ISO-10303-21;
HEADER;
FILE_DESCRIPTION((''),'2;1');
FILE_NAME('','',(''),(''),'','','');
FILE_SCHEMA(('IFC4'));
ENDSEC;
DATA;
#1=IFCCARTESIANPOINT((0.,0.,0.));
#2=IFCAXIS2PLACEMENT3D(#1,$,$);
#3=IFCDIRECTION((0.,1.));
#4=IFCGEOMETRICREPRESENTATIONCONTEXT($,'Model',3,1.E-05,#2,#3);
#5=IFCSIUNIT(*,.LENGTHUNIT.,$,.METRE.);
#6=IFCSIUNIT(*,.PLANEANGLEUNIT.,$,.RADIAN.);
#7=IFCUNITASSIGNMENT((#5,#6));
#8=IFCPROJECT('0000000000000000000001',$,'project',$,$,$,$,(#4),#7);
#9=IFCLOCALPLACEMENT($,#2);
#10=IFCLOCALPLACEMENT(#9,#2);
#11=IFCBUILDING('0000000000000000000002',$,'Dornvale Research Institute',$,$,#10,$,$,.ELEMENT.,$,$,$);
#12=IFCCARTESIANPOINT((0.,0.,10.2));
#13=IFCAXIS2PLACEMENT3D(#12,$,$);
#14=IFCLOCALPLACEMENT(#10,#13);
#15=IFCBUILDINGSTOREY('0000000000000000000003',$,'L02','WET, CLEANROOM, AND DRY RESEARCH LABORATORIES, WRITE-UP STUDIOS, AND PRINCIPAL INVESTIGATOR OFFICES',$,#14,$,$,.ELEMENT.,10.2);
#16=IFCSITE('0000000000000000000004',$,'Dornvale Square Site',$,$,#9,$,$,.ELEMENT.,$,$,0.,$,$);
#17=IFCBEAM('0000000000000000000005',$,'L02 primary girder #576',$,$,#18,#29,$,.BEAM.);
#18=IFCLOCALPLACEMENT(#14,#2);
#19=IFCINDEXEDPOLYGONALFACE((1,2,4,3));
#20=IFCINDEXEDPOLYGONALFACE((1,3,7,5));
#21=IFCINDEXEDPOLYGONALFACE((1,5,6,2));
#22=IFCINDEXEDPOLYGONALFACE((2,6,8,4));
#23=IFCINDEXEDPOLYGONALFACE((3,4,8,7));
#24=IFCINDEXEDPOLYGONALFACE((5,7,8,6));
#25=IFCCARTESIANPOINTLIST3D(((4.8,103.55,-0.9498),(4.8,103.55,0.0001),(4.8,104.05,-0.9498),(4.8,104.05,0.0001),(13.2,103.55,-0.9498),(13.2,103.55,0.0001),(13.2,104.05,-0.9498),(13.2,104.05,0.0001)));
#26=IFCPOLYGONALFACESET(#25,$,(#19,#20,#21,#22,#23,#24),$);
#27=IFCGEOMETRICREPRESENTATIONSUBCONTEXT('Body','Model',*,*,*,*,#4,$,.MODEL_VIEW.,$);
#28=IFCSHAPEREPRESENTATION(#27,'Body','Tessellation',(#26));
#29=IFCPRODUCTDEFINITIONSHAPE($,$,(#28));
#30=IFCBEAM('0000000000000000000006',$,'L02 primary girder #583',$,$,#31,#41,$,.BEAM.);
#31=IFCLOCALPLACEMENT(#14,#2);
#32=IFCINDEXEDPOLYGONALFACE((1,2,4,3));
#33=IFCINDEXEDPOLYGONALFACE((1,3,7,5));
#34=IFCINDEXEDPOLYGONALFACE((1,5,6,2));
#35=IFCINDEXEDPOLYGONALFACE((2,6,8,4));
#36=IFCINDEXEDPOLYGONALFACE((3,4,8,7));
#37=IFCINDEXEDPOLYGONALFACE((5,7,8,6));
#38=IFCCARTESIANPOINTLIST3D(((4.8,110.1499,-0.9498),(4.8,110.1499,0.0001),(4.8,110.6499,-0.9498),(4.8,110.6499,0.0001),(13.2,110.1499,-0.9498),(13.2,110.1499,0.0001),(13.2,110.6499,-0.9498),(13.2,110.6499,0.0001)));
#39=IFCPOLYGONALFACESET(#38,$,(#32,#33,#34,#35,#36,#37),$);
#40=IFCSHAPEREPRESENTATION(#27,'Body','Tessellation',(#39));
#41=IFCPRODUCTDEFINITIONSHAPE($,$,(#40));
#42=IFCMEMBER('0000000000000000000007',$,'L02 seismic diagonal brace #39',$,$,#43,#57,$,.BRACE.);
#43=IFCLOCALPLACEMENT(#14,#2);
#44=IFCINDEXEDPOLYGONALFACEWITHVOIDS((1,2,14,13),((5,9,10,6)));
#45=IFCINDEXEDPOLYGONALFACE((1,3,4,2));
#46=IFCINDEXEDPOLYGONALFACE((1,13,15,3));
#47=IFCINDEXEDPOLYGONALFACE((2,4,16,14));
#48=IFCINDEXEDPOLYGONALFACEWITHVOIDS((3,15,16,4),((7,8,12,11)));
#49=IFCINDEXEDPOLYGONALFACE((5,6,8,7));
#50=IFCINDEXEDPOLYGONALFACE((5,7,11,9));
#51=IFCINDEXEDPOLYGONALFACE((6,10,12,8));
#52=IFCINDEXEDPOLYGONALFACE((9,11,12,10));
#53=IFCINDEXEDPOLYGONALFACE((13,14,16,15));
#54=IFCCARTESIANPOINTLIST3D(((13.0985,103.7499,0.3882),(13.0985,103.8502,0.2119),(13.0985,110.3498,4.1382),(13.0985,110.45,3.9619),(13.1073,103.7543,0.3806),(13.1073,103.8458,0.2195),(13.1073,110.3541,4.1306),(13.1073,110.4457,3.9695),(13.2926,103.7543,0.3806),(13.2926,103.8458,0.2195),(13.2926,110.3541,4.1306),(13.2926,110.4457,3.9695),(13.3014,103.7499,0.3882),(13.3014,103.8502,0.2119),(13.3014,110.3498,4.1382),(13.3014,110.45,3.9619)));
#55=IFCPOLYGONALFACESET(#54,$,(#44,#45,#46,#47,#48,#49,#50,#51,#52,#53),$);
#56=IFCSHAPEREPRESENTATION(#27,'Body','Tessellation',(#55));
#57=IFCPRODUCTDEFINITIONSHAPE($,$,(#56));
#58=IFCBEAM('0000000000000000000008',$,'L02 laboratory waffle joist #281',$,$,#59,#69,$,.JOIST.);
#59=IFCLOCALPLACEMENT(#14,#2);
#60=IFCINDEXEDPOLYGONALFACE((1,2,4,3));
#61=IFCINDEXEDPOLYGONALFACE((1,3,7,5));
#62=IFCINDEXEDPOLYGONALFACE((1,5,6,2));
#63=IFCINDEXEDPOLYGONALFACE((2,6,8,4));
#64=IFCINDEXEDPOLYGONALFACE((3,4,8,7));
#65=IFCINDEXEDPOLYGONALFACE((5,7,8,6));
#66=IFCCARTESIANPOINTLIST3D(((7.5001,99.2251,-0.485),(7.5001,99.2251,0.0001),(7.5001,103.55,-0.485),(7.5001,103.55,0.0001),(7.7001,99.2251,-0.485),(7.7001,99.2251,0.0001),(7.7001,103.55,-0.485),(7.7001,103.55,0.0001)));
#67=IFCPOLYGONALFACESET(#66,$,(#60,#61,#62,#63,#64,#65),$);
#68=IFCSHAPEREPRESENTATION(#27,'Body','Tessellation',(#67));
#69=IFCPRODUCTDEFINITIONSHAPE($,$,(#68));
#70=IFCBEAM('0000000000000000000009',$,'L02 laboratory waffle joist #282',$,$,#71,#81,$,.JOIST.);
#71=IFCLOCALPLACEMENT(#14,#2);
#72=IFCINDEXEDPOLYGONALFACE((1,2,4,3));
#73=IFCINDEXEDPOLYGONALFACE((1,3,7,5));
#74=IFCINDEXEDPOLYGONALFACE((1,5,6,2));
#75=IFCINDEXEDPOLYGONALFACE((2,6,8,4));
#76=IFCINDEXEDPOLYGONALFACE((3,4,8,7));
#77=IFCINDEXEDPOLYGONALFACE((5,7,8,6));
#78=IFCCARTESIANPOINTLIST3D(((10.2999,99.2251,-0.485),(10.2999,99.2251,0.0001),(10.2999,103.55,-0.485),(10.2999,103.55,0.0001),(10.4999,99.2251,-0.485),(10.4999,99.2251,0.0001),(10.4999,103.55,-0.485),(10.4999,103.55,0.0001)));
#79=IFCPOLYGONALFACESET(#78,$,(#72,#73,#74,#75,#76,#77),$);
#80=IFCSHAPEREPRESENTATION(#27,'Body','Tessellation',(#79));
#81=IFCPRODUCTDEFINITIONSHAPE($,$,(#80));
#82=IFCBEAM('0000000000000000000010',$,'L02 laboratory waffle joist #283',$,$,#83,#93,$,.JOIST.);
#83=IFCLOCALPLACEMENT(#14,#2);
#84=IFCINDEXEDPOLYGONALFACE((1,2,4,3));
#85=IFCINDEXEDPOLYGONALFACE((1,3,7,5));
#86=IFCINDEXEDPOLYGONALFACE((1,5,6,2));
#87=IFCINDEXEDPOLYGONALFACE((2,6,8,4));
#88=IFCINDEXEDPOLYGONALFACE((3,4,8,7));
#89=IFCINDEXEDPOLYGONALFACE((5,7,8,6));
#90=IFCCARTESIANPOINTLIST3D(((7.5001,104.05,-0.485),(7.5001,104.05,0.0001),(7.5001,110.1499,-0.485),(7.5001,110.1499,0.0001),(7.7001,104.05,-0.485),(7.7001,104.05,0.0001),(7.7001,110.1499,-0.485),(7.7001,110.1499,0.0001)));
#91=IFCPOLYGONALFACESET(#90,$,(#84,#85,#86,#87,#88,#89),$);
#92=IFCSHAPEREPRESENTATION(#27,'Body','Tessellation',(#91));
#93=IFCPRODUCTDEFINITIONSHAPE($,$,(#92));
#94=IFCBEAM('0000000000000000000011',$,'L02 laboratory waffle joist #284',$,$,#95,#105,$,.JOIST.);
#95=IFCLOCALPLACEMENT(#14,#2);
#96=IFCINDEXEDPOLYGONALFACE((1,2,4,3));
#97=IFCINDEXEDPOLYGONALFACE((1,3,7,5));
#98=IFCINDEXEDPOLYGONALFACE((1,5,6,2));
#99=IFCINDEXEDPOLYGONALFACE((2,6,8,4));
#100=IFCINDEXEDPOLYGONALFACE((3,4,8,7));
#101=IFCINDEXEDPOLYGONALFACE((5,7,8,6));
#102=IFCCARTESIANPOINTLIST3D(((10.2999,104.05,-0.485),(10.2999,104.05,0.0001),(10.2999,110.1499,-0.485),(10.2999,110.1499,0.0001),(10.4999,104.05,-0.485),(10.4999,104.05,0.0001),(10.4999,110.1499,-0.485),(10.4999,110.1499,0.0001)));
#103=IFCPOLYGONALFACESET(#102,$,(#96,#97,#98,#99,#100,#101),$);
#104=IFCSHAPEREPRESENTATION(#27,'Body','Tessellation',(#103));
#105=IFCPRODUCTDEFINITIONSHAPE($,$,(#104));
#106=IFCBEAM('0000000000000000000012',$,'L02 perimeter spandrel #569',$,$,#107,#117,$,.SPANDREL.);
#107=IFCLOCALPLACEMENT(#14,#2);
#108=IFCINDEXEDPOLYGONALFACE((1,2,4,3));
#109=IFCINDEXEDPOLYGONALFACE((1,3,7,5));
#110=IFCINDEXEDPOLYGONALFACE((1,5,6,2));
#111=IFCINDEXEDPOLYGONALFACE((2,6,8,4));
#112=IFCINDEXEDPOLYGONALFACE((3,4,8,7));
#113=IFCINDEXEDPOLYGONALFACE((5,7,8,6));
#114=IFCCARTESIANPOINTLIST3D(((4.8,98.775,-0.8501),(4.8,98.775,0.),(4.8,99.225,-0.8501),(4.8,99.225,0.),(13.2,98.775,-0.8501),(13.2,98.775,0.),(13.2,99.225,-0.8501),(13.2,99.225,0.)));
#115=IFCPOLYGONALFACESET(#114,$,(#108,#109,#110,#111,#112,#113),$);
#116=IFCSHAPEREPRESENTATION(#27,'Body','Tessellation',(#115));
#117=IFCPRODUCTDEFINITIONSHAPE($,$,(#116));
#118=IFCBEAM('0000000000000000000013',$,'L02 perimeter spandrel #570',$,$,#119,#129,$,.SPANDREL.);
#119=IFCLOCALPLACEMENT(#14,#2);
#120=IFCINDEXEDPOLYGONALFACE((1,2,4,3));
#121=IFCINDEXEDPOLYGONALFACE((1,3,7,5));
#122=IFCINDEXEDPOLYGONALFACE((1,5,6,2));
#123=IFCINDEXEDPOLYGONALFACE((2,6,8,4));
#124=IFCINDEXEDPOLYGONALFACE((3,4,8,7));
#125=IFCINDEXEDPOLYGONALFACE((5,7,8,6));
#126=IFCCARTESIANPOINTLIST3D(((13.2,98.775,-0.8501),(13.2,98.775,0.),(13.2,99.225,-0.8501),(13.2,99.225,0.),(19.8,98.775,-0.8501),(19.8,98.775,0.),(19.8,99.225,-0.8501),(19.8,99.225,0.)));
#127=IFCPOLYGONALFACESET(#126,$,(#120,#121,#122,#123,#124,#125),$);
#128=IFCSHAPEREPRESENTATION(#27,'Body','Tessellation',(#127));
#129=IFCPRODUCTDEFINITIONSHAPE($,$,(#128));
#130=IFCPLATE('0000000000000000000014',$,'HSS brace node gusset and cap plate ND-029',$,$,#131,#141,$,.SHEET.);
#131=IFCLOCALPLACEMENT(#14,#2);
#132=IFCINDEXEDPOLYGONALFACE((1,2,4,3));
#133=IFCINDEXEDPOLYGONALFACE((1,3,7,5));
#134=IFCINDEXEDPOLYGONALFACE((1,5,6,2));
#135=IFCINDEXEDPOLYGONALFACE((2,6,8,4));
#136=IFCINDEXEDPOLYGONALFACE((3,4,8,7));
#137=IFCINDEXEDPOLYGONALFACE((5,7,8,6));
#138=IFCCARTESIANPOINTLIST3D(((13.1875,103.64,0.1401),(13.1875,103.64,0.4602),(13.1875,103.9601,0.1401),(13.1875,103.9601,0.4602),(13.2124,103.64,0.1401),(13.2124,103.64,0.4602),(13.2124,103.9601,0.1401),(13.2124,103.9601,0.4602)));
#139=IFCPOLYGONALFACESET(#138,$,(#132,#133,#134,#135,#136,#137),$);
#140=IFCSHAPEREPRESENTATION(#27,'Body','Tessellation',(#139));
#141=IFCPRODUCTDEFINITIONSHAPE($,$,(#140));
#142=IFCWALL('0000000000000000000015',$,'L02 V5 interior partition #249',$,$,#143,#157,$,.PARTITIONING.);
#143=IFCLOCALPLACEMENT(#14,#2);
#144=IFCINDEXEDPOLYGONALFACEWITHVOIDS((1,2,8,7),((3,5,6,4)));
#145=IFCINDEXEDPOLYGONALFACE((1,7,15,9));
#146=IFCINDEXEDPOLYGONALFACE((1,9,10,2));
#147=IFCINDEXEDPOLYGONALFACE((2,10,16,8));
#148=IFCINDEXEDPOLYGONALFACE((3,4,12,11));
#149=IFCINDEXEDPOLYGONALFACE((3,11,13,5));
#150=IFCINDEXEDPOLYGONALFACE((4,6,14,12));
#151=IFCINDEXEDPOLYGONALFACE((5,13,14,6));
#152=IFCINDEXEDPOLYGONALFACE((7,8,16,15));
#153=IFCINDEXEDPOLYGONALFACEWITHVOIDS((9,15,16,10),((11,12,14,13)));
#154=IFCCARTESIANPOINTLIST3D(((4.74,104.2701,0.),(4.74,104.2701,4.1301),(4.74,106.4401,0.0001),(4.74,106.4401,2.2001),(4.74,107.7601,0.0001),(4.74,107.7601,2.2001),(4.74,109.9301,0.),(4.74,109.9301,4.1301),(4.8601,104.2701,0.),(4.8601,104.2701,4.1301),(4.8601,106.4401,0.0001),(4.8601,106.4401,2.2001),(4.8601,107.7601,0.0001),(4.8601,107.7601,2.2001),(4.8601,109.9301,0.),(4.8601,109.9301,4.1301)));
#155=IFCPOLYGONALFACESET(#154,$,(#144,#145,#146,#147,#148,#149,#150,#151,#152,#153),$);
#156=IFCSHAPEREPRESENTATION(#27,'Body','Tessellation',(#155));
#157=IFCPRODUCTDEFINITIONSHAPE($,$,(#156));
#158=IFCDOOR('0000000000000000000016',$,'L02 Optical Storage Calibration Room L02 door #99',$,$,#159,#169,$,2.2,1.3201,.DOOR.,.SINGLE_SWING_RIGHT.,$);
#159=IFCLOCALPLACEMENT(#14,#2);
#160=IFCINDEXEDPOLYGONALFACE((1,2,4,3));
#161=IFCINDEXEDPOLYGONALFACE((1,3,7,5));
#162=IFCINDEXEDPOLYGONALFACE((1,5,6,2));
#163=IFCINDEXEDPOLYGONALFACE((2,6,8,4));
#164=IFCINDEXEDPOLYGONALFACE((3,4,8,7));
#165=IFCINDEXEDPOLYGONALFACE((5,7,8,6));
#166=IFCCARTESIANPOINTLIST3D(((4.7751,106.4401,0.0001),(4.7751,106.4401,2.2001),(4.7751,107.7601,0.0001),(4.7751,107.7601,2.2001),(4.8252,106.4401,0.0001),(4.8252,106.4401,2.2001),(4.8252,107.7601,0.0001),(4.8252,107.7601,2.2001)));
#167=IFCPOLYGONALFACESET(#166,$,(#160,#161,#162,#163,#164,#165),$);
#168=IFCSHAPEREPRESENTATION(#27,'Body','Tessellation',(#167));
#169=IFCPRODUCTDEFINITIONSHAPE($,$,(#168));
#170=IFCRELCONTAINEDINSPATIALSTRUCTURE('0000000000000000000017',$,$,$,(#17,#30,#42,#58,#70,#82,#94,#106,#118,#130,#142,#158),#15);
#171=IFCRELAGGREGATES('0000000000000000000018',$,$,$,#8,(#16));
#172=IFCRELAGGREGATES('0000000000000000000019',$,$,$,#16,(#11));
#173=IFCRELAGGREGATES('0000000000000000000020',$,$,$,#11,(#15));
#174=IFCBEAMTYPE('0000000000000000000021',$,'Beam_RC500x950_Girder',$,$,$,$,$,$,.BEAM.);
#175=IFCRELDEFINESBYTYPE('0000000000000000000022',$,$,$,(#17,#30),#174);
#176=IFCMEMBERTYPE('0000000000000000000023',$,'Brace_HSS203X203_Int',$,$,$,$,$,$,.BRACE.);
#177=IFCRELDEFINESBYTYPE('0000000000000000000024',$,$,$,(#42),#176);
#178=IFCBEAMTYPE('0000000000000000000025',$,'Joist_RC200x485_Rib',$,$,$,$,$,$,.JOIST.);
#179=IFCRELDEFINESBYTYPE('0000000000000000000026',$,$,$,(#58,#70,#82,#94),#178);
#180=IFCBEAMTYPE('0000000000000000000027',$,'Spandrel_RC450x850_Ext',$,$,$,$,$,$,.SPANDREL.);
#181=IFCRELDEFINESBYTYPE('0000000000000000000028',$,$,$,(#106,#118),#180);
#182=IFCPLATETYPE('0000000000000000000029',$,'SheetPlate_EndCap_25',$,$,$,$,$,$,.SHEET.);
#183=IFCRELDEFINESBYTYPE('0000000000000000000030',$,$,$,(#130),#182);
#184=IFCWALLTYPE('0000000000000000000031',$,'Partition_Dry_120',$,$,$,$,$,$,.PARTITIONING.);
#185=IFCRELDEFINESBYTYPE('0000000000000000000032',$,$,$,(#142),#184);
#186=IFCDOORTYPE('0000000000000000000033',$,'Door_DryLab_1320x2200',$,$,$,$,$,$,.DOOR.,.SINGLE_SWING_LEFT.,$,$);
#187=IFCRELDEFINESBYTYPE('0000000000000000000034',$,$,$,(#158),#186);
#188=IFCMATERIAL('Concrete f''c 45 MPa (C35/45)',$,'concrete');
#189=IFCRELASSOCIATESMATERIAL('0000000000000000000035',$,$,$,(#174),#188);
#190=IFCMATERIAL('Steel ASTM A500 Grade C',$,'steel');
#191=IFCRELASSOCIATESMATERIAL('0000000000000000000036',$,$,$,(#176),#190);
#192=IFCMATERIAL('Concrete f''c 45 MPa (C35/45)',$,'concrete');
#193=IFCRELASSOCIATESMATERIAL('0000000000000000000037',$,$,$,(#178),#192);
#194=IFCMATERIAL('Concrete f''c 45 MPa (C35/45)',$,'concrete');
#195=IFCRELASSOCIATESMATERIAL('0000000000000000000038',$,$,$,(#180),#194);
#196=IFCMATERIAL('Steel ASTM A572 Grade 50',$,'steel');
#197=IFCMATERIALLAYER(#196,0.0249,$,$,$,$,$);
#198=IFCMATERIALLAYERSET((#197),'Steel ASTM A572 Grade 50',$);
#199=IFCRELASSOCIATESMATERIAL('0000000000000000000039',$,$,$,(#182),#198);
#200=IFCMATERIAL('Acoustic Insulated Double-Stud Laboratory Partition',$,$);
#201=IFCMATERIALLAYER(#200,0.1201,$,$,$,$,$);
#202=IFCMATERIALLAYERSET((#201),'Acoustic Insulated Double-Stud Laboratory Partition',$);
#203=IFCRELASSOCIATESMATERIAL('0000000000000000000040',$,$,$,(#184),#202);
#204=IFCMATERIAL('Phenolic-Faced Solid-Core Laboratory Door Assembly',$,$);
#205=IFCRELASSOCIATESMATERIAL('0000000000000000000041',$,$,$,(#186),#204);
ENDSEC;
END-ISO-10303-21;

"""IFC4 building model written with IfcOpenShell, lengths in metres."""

from ifc_helpers import new_model, si_unit, direction, frame, frame_2d, origin, origin_2d, place, context, subcontext, project, spatial, rectangle, hollow_rectangle, extrude, material, layer, layer_set, material_profile, profile_set, type_object, element, fill, save


model = new_model("IFC4")

# Units and contexts
model_context = context("Model", 3, precision=1e-05, world=origin(), true_north=direction((0.0, 1.0)))
body_context = subcontext(model_context, "Body", "Model", "MODEL_VIEW")
ifc_project = project(units=[si_unit("LENGTHUNIT", "METRE"), si_unit("PLANEANGLEUNIT", "RADIAN")], contexts=[model_context])

# Site, building, storey
site_placement = place(None, origin())
site = spatial("IfcSite", under=ifc_project, at=site_placement, Name="Dornvale Square Site", CompositionType="ELEMENT", RefElevation=0.0)
building_placement = place(site_placement, origin())
building = spatial("IfcBuilding", under=site, at=building_placement, Name="Dornvale Research Institute", CompositionType="ELEMENT")
storey_placement = place(building_placement, frame((0.0, 0.0, 10.2)))
storey = spatial("IfcBuildingStorey", under=building, at=storey_placement, Name="L02", Description="WET, CLEANROOM, AND DRY RESEARCH LABORATORIES, WRITE-UP STUDIOS, AND PRINCIPAL INVESTIGATOR OFFICES", CompositionType="ELEMENT", Elevation=10.2)

# Beams
ifc_material_1 = material(Name="Concrete f'c 45 MPa (C35/45)", Category="concrete")
ifc_material_profile_1 = material_profile(ifc_material_1, rectangle(XDim=0.5, YDim=0.95, at=origin_2d()), Name="RC 500x950")
ifc_profile_set_1 = profile_set([ifc_material_profile_1], Name="Concrete f'c 45 MPa (C35/45)")
beam_type_1 = type_object("IfcBeamType", Name="Beam_RC500x950_Girder", PredefinedType="BEAM", material=ifc_profile_set_1)
for number, where, z_axis, x_axis, name in (
    (1, (4.8, 103.8, -0.4749), (1.0, 0.0, 0.0), (0.0, 1.0, 0.0), "L02 primary girder #576"),
    (2, (4.8, 110.3999, -0.4749), (1.0, 0.0, 0.0), (0.0, 1.0, 0.0), "L02 primary girder #583"),
):
    element("IfcBeam", number, at=place(storey_placement, frame(where, z_axis=z_axis, x_axis=x_axis)), inside=storey, type_object=beam_type_1, Name=name, PredefinedType="BEAM", context=body_context, shape_type="SweptSolid", body=[
        extrude(rectangle(XDim=0.5, YDim=0.95, at=origin_2d()), origin(), (0.0, 0.0, 1.0), 8.3999),
    ])

# Member
ifc_material_2 = material(Name="Steel ASTM A500 Grade C", Category="steel")
ifc_material_profile_2 = material_profile(ifc_material_2, hollow_rectangle(XDim=0.2029, YDim=0.2029, WallThickness=0.0088, at=origin_2d()), Name="HSS203X203X9.5")
ifc_profile_set_2 = profile_set([ifc_material_profile_2], Name="Steel ASTM A500 Grade C")
member_type = type_object("IfcMemberType", Name="Brace_HSS203X203_Int", PredefinedType="BRACE", material=ifc_profile_set_2)
member_placement = place(storey_placement, frame((13.2, 103.8, 0.3), z_axis=(0.0, 0.869452, 0.494018), x_axis=(-1.0, 0.0, 0.0)))
element("IfcMember", 3, at=member_placement, inside=storey, type_object=member_type, Name="L02 seismic diagonal brace #39", PredefinedType="BRACE", context=body_context, shape_type="SweptSolid", body=[
    extrude(hollow_rectangle(XDim=0.2029, YDim=0.2029, WallThickness=0.0088, at=origin_2d()), origin(), (0.0, 0.0, 1.0), 7.5908),
])

# Beams
ifc_material_3 = material(Name="Concrete f'c 45 MPa (C35/45)", Category="concrete")
ifc_material_profile_3 = material_profile(ifc_material_3, rectangle(XDim=0.2, YDim=0.4851, at=origin_2d()), Name="RC 200x485")
ifc_profile_set_3 = profile_set([ifc_material_profile_3], Name="Concrete f'c 45 MPa (C35/45)")
beam_type_2 = type_object("IfcBeamType", Name="Joist_RC200x485_Rib", PredefinedType="JOIST", material=ifc_profile_set_3)
for number, where, z_axis, x_axis, name in (
    (4, (7.6001, 99.2251, -0.2424), (0.0, 1.0, 0.0), (-1.0, 0.0, 0.0), "L02 laboratory waffle joist #281"),
    (5, (10.3999, 99.2251, -0.2424), (0.0, 1.0, 0.0), (-1.0, 0.0, 0.0), "L02 laboratory waffle joist #282"),
):
    element("IfcBeam", number, at=place(storey_placement, frame(where, z_axis=z_axis, x_axis=x_axis)), inside=storey, type_object=beam_type_2, Name=name, PredefinedType="JOIST", context=body_context, shape_type="SweptSolid", body=[
        extrude(rectangle(XDim=0.2, YDim=0.4851, at=origin_2d()), origin(), (0.0, 0.0, 1.0), 4.325),
    ])
for number, where, z_axis, x_axis, name in (
    (6, (7.6001, 104.05, -0.2424), (0.0, 1.0, 0.0), (-1.0, 0.0, 0.0), "L02 laboratory waffle joist #283"),
    (7, (10.3999, 104.05, -0.2424), (0.0, 1.0, 0.0), (-1.0, 0.0, 0.0), "L02 laboratory waffle joist #284"),
):
    element("IfcBeam", number, at=place(storey_placement, frame(where, z_axis=z_axis, x_axis=x_axis)), inside=storey, type_object=beam_type_2, Name=name, PredefinedType="JOIST", context=body_context, shape_type="SweptSolid", body=[
        extrude(rectangle(XDim=0.2, YDim=0.4851, at=origin_2d()), origin(), (0.0, 0.0, 1.0), 6.0999),
    ])
ifc_material_4 = material(Name="Concrete f'c 45 MPa (C35/45)", Category="concrete")
ifc_material_profile_4 = material_profile(ifc_material_4, rectangle(XDim=0.45, YDim=0.8501, at=origin_2d()), Name="RC 450x850")
ifc_profile_set_4 = profile_set([ifc_material_profile_4], Name="Concrete f'c 45 MPa (C35/45)")
beam_type_3 = type_object("IfcBeamType", Name="Spandrel_RC450x850_Ext", PredefinedType="SPANDREL", material=ifc_profile_set_4)
beam_1_placement = place(storey_placement, frame((4.8, 99.0, -0.425), z_axis=(1.0, 0.0, 0.0), x_axis=(0.0, 1.0, 0.0)))
element("IfcBeam", 8, at=beam_1_placement, inside=storey, type_object=beam_type_3, Name="L02 perimeter spandrel #569", PredefinedType="SPANDREL", context=body_context, shape_type="SweptSolid", body=[
    extrude(rectangle(XDim=0.45, YDim=0.8501, at=origin_2d()), origin(), (0.0, 0.0, 1.0), 8.3999),
])
beam_2_placement = place(storey_placement, frame((13.2, 99.0, -0.425), z_axis=(1.0, 0.0, 0.0), x_axis=(0.0, 1.0, 0.0)))
element("IfcBeam", 9, at=beam_2_placement, inside=storey, type_object=beam_type_3, Name="L02 perimeter spandrel #570", PredefinedType="SPANDREL", context=body_context, shape_type="SweptSolid", body=[
    extrude(rectangle(XDim=0.45, YDim=0.8501, at=origin_2d()), origin(), (0.0, 0.0, 1.0), 6.6001),
])

# Plate
ifc_material_5 = material(Name="Steel ASTM A572 Grade 50", Category="steel")
ifc_layer_1 = layer(ifc_material_5, 0.0249)
ifc_layer_set_1 = layer_set([ifc_layer_1], Name="Steel ASTM A572 Grade 50")
plate_type = type_object("IfcPlateType", Name="SheetPlate_EndCap_25", PredefinedType="SHEET", material=ifc_layer_set_1)
plate_placement = place(storey_placement, frame((13.2, 103.8, 0.1401), z_axis=(0.0, 0.0, 1.0), x_axis=(0.0, 1.0, 0.0)))
element("IfcPlate", 10, at=plate_placement, inside=storey, type_object=plate_type, Name="HSS brace node gusset and cap plate ND-029", PredefinedType="SHEET", context=body_context, shape_type="SweptSolid", body=[
    extrude(rectangle(XDim=0.3201, YDim=0.0249, at=origin_2d()), origin(), (0.0, 0.0, 1.0), 0.3201),
])

# Wall, opening, door
ifc_material_6 = material(Name="Acoustic Insulated Double-Stud Laboratory Partition")
ifc_layer_2 = layer(ifc_material_6, 0.1201)
ifc_layer_set_2 = layer_set([ifc_layer_2], Name="Acoustic Insulated Double-Stud Laboratory Partition")
wall_type_1 = type_object("IfcWallType", Name="Partition_Dry_120", PredefinedType="PARTITIONING", material=ifc_layer_set_2)
wall_1_placement = place(storey_placement, frame((4.8, 104.27, 0.0), z_axis=(0.0, 0.0, 1.0), x_axis=(0.0, 1.0, 0.0)))
wall_1 = element("IfcWall", 11, at=wall_1_placement, inside=storey, type_object=wall_type_1, Name="L02 V5 interior partition #249", PredefinedType="PARTITIONING", context=body_context, shape_type="SweptSolid", body=[
    extrude(rectangle(XDim=5.6599, YDim=0.1201, at=frame_2d((2.8301, 0.0))), origin(), (0.0, 0.0, 1.0), 4.1301),
])
opening_1_placement = place(wall_1_placement, frame((2.1699, 0.0, 0.0)))
opening_1 = element("IfcOpeningElement", 12, at=opening_1_placement, cuts=wall_1, PredefinedType="OPENING", context=body_context, shape_type="SweptSolid", body=[
    extrude(rectangle(XDim=1.3201, YDim=2.2, at=frame_2d((0.6602, 1.1001))), frame((0.0, 0.075, 0.0), z_axis=(0.0, -1.0, 0.0), x_axis=(1.0, 0.0, 0.0)), (0.0, 0.0, 1.0), 0.1501),
])
ifc_material_7 = material(Name="Phenolic-Faced Solid-Core Laboratory Door Assembly")
door_type_1 = type_object("IfcDoorType", Name="Door_DryLab_1320x2200", OperationType="SINGLE_SWING_LEFT", PredefinedType="DOOR", material=ifc_material_7)
door_1_placement = place(opening_1_placement, origin())
door_1 = element("IfcDoor", 13, at=door_1_placement, inside=storey, type_object=door_type_1, Name="L02 Optical Storage Calibration Room L02 door #99", OperationType="SINGLE_SWING_RIGHT", OverallHeight=2.2, OverallWidth=1.3201, PredefinedType="DOOR", context=body_context, shape_type="SweptSolid", body=[
    extrude(rectangle(XDim=1.3201, YDim=2.2, at=frame_2d((0.6602, 1.1001))), frame((0.0, 0.0249, 0.0), z_axis=(0.0, -1.0, 0.0), x_axis=(1.0, 0.0, 0.0)), (0.0, 0.0, 1.0), 0.05),
])
fill(opening_1, door_1)

save(model, "model.ifc")
